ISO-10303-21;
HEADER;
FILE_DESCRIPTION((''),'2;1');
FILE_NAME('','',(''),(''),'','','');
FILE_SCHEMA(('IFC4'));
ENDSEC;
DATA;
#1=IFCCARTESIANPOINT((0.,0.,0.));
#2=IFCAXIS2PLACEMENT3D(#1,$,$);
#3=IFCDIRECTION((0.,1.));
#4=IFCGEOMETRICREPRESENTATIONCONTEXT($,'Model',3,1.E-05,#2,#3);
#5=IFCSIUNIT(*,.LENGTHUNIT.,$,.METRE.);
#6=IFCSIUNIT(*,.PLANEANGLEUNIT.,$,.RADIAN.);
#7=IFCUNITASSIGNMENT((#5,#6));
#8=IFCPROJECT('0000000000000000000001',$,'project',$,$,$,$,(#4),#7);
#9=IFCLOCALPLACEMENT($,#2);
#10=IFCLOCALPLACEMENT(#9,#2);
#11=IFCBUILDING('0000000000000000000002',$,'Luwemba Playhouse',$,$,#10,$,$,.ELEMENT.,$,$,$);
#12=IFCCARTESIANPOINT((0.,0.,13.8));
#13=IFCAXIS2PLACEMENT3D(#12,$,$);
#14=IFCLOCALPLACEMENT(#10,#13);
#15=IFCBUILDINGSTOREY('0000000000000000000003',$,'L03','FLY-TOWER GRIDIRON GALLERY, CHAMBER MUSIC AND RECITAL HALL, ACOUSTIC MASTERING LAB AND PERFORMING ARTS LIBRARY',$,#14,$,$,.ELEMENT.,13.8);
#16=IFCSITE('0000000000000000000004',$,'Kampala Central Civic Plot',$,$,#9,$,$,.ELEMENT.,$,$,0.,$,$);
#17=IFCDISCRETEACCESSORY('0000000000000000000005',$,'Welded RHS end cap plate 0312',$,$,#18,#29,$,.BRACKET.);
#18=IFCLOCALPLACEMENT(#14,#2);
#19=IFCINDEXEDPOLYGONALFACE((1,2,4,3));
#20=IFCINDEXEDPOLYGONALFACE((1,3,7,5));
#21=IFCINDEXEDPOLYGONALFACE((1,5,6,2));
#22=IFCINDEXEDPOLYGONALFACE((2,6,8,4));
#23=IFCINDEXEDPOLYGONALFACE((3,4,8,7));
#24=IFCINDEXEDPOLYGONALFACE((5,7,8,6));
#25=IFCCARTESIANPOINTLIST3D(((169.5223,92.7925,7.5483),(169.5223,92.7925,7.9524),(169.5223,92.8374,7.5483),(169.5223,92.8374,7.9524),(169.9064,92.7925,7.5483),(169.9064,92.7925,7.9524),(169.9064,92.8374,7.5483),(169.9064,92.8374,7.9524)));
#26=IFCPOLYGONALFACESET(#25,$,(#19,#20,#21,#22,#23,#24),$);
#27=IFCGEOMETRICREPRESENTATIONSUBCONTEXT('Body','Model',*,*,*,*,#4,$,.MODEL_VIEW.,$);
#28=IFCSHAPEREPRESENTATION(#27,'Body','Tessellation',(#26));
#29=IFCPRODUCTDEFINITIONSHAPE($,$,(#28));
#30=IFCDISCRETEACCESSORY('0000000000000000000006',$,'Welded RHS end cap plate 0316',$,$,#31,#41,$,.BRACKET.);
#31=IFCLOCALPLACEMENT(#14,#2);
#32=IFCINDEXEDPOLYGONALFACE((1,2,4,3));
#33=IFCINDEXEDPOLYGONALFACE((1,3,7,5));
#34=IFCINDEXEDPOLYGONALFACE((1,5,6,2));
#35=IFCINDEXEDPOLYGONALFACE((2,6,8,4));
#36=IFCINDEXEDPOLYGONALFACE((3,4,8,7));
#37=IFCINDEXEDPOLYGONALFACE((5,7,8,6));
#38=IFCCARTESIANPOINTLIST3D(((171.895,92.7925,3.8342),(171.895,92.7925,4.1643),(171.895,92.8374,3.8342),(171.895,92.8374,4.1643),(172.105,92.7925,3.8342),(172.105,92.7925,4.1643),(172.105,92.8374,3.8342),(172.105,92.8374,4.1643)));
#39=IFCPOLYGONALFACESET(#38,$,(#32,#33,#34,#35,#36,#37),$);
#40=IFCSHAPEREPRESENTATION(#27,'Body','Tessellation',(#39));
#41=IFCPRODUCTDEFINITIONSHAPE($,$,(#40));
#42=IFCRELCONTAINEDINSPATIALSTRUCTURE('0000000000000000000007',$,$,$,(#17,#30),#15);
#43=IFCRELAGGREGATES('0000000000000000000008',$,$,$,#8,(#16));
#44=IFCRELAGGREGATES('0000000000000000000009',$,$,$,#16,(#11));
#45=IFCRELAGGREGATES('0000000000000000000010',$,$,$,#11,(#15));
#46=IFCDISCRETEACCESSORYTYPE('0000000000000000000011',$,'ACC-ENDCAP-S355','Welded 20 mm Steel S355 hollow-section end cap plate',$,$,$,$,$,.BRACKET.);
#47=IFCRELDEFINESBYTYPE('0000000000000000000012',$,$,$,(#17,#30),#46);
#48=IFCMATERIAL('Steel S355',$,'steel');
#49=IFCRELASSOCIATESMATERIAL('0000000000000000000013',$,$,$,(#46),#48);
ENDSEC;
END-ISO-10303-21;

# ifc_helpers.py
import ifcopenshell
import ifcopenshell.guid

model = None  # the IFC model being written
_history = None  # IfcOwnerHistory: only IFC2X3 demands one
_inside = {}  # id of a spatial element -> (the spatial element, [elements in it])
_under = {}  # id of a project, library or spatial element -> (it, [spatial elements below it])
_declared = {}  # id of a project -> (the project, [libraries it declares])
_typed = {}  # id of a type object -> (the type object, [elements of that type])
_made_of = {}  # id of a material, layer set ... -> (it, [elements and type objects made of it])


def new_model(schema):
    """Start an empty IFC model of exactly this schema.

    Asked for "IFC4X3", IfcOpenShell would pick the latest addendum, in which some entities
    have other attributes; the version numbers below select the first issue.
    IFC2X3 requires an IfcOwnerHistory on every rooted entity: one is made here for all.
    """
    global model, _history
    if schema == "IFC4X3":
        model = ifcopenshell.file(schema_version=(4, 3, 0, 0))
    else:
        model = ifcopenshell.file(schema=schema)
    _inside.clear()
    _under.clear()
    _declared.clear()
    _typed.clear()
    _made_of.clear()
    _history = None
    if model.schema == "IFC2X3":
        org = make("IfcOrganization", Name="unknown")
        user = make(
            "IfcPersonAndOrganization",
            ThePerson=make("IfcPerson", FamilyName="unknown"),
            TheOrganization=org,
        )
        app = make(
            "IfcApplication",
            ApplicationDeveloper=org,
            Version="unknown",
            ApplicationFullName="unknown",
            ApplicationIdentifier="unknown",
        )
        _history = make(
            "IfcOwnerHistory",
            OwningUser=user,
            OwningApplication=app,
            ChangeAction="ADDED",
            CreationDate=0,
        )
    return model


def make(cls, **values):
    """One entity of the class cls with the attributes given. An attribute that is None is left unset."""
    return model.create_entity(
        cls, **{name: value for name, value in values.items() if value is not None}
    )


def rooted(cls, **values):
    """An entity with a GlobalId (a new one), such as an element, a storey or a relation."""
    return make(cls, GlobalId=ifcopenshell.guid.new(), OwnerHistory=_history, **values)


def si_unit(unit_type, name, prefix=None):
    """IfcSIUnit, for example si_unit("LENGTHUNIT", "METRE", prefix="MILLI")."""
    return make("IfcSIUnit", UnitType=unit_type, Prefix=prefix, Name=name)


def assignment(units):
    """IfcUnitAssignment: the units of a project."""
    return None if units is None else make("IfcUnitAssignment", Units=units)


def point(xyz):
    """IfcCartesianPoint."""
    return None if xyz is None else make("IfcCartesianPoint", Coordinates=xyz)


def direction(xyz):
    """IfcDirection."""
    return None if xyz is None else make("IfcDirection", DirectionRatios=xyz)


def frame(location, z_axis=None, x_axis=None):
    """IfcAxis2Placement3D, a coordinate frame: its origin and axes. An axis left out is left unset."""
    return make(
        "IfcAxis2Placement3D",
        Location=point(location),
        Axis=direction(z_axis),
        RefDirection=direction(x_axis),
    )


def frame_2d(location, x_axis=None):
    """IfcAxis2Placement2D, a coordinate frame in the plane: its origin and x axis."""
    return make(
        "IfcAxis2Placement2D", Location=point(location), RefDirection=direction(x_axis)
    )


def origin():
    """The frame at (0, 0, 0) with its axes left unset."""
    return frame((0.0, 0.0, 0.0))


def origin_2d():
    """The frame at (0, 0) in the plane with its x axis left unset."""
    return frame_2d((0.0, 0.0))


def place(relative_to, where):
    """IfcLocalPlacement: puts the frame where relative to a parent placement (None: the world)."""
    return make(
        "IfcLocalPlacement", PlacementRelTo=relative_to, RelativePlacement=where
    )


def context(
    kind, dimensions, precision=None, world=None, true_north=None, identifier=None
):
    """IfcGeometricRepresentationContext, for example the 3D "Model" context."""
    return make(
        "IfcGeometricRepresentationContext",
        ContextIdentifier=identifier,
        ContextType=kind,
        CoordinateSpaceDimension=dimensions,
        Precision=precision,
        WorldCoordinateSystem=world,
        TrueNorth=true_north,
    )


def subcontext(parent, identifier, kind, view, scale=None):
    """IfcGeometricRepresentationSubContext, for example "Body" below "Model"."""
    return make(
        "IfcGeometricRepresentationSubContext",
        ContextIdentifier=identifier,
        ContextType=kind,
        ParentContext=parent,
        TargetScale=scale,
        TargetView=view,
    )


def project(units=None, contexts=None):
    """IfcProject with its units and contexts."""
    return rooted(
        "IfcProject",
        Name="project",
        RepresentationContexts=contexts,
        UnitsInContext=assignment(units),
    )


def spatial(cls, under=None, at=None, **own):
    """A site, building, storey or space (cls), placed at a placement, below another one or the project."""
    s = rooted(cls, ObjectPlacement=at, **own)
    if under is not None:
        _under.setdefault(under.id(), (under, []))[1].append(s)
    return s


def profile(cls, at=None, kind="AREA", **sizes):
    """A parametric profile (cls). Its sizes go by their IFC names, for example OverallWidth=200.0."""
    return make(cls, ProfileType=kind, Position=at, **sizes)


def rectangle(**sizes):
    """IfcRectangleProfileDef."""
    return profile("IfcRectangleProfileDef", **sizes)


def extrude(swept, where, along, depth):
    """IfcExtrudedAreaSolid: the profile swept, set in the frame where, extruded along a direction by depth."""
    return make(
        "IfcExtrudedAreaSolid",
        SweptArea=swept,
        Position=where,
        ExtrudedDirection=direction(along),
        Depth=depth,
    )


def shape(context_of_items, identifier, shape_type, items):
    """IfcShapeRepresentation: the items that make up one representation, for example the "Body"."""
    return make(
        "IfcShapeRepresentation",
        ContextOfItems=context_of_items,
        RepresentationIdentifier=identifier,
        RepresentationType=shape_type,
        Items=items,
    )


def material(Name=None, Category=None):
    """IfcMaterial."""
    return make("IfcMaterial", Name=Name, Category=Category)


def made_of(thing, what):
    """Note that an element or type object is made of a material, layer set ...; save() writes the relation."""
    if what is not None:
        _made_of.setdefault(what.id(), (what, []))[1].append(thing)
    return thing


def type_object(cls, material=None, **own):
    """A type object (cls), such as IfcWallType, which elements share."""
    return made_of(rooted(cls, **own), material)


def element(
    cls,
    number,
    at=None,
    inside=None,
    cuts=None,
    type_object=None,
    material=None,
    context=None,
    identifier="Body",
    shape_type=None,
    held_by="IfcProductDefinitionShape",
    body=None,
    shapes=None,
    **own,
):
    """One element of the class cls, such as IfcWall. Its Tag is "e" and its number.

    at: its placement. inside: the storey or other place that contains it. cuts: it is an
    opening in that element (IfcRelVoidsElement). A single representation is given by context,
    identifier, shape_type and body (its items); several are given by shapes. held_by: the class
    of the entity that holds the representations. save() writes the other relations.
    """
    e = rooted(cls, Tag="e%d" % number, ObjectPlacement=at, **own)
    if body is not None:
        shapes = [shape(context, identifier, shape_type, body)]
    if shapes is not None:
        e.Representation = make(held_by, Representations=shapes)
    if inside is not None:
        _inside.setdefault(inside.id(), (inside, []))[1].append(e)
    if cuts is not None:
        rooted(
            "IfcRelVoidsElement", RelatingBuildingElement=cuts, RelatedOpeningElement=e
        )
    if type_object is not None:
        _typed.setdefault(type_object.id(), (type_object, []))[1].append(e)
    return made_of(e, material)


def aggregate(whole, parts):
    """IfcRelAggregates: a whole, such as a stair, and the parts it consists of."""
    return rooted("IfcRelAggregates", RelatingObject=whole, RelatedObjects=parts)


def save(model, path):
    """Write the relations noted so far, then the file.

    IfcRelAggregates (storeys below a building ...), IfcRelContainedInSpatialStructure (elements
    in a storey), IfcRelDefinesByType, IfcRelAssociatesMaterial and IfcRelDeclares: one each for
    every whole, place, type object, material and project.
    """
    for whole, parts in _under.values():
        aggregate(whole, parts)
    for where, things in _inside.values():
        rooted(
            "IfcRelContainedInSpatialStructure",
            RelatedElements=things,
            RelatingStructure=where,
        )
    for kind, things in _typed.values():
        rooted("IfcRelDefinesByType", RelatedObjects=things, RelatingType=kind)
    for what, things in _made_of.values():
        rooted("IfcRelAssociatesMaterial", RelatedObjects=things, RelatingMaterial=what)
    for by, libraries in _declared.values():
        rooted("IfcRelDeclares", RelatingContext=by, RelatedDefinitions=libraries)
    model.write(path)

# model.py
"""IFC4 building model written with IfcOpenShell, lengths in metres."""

from ifc_helpers import new_model, si_unit, direction, frame, origin, origin_2d, place, context, subcontext, project, spatial, rectangle, extrude, material, type_object, element, save


model = new_model("IFC4")

# Units and contexts
model_context = context("Model", 3, precision=1e-05, world=origin(), true_north=direction((0.0, 1.0)))
body_context = subcontext(model_context, "Body", "Model", "MODEL_VIEW")
ifc_project = project(units=[si_unit("LENGTHUNIT", "METRE"), si_unit("PLANEANGLEUNIT", "RADIAN")], contexts=[model_context])

# Site, building, storey
site_placement = place(None, origin())
site = spatial("IfcSite", under=ifc_project, at=site_placement, Name="Kampala Central Civic Plot", CompositionType="ELEMENT", RefElevation=0.0)
building_placement = place(site_placement, origin())
building = spatial("IfcBuilding", under=site, at=building_placement, Name="Luwemba Playhouse", CompositionType="ELEMENT")
storey_placement = place(building_placement, frame((0.0, 0.0, 13.8)))
storey = spatial("IfcBuildingStorey", under=building, at=storey_placement, Name="L03", Description="FLY-TOWER GRIDIRON GALLERY, CHAMBER MUSIC AND RECITAL HALL, ACOUSTIC MASTERING LAB AND PERFORMING ARTS LIBRARY", CompositionType="ELEMENT", Elevation=13.8)

# Shared definitions
ifc_material_1 = material(Name="Steel S355", Category="steel")

# Discrete accessories
discrete_accessory_type = type_object("IfcDiscreteAccessoryType", Name="ACC-ENDCAP-S355", Description="Welded 20 mm Steel S355 hollow-section end cap plate", PredefinedType="BRACKET", material=ifc_material_1)
discrete_accessory_1_placement = place(storey_placement, frame((169.7144, 92.8149, 7.5483), z_axis=(0.0, 0.0, 1.0), x_axis=(1.0, 0.0, 0.0)))
element("IfcDiscreteAccessory", 1, at=discrete_accessory_1_placement, inside=storey, type_object=discrete_accessory_type, Name="Welded RHS end cap plate 0312", PredefinedType="BRACKET", context=body_context, shape_type="SweptSolid", body=[
    extrude(rectangle(XDim=0.384, YDim=0.0449, at=origin_2d()), origin(), (0.0, 0.0, 1.0), 0.4041),
])
discrete_accessory_2_placement = place(storey_placement, frame((172.0, 92.8149, 3.8342), z_axis=(0.0, 0.0, 1.0), x_axis=(1.0, 0.0, 0.0)))
element("IfcDiscreteAccessory", 2, at=discrete_accessory_2_placement, inside=storey, type_object=discrete_accessory_type, Name="Welded RHS end cap plate 0316", PredefinedType="BRACKET", context=body_context, shape_type="SweptSolid", body=[
    extrude(rectangle(XDim=0.21, YDim=0.0449, at=origin_2d()), origin(), (0.0, 0.0, 1.0), 0.3301),
])

save(model, "model.ifc")
